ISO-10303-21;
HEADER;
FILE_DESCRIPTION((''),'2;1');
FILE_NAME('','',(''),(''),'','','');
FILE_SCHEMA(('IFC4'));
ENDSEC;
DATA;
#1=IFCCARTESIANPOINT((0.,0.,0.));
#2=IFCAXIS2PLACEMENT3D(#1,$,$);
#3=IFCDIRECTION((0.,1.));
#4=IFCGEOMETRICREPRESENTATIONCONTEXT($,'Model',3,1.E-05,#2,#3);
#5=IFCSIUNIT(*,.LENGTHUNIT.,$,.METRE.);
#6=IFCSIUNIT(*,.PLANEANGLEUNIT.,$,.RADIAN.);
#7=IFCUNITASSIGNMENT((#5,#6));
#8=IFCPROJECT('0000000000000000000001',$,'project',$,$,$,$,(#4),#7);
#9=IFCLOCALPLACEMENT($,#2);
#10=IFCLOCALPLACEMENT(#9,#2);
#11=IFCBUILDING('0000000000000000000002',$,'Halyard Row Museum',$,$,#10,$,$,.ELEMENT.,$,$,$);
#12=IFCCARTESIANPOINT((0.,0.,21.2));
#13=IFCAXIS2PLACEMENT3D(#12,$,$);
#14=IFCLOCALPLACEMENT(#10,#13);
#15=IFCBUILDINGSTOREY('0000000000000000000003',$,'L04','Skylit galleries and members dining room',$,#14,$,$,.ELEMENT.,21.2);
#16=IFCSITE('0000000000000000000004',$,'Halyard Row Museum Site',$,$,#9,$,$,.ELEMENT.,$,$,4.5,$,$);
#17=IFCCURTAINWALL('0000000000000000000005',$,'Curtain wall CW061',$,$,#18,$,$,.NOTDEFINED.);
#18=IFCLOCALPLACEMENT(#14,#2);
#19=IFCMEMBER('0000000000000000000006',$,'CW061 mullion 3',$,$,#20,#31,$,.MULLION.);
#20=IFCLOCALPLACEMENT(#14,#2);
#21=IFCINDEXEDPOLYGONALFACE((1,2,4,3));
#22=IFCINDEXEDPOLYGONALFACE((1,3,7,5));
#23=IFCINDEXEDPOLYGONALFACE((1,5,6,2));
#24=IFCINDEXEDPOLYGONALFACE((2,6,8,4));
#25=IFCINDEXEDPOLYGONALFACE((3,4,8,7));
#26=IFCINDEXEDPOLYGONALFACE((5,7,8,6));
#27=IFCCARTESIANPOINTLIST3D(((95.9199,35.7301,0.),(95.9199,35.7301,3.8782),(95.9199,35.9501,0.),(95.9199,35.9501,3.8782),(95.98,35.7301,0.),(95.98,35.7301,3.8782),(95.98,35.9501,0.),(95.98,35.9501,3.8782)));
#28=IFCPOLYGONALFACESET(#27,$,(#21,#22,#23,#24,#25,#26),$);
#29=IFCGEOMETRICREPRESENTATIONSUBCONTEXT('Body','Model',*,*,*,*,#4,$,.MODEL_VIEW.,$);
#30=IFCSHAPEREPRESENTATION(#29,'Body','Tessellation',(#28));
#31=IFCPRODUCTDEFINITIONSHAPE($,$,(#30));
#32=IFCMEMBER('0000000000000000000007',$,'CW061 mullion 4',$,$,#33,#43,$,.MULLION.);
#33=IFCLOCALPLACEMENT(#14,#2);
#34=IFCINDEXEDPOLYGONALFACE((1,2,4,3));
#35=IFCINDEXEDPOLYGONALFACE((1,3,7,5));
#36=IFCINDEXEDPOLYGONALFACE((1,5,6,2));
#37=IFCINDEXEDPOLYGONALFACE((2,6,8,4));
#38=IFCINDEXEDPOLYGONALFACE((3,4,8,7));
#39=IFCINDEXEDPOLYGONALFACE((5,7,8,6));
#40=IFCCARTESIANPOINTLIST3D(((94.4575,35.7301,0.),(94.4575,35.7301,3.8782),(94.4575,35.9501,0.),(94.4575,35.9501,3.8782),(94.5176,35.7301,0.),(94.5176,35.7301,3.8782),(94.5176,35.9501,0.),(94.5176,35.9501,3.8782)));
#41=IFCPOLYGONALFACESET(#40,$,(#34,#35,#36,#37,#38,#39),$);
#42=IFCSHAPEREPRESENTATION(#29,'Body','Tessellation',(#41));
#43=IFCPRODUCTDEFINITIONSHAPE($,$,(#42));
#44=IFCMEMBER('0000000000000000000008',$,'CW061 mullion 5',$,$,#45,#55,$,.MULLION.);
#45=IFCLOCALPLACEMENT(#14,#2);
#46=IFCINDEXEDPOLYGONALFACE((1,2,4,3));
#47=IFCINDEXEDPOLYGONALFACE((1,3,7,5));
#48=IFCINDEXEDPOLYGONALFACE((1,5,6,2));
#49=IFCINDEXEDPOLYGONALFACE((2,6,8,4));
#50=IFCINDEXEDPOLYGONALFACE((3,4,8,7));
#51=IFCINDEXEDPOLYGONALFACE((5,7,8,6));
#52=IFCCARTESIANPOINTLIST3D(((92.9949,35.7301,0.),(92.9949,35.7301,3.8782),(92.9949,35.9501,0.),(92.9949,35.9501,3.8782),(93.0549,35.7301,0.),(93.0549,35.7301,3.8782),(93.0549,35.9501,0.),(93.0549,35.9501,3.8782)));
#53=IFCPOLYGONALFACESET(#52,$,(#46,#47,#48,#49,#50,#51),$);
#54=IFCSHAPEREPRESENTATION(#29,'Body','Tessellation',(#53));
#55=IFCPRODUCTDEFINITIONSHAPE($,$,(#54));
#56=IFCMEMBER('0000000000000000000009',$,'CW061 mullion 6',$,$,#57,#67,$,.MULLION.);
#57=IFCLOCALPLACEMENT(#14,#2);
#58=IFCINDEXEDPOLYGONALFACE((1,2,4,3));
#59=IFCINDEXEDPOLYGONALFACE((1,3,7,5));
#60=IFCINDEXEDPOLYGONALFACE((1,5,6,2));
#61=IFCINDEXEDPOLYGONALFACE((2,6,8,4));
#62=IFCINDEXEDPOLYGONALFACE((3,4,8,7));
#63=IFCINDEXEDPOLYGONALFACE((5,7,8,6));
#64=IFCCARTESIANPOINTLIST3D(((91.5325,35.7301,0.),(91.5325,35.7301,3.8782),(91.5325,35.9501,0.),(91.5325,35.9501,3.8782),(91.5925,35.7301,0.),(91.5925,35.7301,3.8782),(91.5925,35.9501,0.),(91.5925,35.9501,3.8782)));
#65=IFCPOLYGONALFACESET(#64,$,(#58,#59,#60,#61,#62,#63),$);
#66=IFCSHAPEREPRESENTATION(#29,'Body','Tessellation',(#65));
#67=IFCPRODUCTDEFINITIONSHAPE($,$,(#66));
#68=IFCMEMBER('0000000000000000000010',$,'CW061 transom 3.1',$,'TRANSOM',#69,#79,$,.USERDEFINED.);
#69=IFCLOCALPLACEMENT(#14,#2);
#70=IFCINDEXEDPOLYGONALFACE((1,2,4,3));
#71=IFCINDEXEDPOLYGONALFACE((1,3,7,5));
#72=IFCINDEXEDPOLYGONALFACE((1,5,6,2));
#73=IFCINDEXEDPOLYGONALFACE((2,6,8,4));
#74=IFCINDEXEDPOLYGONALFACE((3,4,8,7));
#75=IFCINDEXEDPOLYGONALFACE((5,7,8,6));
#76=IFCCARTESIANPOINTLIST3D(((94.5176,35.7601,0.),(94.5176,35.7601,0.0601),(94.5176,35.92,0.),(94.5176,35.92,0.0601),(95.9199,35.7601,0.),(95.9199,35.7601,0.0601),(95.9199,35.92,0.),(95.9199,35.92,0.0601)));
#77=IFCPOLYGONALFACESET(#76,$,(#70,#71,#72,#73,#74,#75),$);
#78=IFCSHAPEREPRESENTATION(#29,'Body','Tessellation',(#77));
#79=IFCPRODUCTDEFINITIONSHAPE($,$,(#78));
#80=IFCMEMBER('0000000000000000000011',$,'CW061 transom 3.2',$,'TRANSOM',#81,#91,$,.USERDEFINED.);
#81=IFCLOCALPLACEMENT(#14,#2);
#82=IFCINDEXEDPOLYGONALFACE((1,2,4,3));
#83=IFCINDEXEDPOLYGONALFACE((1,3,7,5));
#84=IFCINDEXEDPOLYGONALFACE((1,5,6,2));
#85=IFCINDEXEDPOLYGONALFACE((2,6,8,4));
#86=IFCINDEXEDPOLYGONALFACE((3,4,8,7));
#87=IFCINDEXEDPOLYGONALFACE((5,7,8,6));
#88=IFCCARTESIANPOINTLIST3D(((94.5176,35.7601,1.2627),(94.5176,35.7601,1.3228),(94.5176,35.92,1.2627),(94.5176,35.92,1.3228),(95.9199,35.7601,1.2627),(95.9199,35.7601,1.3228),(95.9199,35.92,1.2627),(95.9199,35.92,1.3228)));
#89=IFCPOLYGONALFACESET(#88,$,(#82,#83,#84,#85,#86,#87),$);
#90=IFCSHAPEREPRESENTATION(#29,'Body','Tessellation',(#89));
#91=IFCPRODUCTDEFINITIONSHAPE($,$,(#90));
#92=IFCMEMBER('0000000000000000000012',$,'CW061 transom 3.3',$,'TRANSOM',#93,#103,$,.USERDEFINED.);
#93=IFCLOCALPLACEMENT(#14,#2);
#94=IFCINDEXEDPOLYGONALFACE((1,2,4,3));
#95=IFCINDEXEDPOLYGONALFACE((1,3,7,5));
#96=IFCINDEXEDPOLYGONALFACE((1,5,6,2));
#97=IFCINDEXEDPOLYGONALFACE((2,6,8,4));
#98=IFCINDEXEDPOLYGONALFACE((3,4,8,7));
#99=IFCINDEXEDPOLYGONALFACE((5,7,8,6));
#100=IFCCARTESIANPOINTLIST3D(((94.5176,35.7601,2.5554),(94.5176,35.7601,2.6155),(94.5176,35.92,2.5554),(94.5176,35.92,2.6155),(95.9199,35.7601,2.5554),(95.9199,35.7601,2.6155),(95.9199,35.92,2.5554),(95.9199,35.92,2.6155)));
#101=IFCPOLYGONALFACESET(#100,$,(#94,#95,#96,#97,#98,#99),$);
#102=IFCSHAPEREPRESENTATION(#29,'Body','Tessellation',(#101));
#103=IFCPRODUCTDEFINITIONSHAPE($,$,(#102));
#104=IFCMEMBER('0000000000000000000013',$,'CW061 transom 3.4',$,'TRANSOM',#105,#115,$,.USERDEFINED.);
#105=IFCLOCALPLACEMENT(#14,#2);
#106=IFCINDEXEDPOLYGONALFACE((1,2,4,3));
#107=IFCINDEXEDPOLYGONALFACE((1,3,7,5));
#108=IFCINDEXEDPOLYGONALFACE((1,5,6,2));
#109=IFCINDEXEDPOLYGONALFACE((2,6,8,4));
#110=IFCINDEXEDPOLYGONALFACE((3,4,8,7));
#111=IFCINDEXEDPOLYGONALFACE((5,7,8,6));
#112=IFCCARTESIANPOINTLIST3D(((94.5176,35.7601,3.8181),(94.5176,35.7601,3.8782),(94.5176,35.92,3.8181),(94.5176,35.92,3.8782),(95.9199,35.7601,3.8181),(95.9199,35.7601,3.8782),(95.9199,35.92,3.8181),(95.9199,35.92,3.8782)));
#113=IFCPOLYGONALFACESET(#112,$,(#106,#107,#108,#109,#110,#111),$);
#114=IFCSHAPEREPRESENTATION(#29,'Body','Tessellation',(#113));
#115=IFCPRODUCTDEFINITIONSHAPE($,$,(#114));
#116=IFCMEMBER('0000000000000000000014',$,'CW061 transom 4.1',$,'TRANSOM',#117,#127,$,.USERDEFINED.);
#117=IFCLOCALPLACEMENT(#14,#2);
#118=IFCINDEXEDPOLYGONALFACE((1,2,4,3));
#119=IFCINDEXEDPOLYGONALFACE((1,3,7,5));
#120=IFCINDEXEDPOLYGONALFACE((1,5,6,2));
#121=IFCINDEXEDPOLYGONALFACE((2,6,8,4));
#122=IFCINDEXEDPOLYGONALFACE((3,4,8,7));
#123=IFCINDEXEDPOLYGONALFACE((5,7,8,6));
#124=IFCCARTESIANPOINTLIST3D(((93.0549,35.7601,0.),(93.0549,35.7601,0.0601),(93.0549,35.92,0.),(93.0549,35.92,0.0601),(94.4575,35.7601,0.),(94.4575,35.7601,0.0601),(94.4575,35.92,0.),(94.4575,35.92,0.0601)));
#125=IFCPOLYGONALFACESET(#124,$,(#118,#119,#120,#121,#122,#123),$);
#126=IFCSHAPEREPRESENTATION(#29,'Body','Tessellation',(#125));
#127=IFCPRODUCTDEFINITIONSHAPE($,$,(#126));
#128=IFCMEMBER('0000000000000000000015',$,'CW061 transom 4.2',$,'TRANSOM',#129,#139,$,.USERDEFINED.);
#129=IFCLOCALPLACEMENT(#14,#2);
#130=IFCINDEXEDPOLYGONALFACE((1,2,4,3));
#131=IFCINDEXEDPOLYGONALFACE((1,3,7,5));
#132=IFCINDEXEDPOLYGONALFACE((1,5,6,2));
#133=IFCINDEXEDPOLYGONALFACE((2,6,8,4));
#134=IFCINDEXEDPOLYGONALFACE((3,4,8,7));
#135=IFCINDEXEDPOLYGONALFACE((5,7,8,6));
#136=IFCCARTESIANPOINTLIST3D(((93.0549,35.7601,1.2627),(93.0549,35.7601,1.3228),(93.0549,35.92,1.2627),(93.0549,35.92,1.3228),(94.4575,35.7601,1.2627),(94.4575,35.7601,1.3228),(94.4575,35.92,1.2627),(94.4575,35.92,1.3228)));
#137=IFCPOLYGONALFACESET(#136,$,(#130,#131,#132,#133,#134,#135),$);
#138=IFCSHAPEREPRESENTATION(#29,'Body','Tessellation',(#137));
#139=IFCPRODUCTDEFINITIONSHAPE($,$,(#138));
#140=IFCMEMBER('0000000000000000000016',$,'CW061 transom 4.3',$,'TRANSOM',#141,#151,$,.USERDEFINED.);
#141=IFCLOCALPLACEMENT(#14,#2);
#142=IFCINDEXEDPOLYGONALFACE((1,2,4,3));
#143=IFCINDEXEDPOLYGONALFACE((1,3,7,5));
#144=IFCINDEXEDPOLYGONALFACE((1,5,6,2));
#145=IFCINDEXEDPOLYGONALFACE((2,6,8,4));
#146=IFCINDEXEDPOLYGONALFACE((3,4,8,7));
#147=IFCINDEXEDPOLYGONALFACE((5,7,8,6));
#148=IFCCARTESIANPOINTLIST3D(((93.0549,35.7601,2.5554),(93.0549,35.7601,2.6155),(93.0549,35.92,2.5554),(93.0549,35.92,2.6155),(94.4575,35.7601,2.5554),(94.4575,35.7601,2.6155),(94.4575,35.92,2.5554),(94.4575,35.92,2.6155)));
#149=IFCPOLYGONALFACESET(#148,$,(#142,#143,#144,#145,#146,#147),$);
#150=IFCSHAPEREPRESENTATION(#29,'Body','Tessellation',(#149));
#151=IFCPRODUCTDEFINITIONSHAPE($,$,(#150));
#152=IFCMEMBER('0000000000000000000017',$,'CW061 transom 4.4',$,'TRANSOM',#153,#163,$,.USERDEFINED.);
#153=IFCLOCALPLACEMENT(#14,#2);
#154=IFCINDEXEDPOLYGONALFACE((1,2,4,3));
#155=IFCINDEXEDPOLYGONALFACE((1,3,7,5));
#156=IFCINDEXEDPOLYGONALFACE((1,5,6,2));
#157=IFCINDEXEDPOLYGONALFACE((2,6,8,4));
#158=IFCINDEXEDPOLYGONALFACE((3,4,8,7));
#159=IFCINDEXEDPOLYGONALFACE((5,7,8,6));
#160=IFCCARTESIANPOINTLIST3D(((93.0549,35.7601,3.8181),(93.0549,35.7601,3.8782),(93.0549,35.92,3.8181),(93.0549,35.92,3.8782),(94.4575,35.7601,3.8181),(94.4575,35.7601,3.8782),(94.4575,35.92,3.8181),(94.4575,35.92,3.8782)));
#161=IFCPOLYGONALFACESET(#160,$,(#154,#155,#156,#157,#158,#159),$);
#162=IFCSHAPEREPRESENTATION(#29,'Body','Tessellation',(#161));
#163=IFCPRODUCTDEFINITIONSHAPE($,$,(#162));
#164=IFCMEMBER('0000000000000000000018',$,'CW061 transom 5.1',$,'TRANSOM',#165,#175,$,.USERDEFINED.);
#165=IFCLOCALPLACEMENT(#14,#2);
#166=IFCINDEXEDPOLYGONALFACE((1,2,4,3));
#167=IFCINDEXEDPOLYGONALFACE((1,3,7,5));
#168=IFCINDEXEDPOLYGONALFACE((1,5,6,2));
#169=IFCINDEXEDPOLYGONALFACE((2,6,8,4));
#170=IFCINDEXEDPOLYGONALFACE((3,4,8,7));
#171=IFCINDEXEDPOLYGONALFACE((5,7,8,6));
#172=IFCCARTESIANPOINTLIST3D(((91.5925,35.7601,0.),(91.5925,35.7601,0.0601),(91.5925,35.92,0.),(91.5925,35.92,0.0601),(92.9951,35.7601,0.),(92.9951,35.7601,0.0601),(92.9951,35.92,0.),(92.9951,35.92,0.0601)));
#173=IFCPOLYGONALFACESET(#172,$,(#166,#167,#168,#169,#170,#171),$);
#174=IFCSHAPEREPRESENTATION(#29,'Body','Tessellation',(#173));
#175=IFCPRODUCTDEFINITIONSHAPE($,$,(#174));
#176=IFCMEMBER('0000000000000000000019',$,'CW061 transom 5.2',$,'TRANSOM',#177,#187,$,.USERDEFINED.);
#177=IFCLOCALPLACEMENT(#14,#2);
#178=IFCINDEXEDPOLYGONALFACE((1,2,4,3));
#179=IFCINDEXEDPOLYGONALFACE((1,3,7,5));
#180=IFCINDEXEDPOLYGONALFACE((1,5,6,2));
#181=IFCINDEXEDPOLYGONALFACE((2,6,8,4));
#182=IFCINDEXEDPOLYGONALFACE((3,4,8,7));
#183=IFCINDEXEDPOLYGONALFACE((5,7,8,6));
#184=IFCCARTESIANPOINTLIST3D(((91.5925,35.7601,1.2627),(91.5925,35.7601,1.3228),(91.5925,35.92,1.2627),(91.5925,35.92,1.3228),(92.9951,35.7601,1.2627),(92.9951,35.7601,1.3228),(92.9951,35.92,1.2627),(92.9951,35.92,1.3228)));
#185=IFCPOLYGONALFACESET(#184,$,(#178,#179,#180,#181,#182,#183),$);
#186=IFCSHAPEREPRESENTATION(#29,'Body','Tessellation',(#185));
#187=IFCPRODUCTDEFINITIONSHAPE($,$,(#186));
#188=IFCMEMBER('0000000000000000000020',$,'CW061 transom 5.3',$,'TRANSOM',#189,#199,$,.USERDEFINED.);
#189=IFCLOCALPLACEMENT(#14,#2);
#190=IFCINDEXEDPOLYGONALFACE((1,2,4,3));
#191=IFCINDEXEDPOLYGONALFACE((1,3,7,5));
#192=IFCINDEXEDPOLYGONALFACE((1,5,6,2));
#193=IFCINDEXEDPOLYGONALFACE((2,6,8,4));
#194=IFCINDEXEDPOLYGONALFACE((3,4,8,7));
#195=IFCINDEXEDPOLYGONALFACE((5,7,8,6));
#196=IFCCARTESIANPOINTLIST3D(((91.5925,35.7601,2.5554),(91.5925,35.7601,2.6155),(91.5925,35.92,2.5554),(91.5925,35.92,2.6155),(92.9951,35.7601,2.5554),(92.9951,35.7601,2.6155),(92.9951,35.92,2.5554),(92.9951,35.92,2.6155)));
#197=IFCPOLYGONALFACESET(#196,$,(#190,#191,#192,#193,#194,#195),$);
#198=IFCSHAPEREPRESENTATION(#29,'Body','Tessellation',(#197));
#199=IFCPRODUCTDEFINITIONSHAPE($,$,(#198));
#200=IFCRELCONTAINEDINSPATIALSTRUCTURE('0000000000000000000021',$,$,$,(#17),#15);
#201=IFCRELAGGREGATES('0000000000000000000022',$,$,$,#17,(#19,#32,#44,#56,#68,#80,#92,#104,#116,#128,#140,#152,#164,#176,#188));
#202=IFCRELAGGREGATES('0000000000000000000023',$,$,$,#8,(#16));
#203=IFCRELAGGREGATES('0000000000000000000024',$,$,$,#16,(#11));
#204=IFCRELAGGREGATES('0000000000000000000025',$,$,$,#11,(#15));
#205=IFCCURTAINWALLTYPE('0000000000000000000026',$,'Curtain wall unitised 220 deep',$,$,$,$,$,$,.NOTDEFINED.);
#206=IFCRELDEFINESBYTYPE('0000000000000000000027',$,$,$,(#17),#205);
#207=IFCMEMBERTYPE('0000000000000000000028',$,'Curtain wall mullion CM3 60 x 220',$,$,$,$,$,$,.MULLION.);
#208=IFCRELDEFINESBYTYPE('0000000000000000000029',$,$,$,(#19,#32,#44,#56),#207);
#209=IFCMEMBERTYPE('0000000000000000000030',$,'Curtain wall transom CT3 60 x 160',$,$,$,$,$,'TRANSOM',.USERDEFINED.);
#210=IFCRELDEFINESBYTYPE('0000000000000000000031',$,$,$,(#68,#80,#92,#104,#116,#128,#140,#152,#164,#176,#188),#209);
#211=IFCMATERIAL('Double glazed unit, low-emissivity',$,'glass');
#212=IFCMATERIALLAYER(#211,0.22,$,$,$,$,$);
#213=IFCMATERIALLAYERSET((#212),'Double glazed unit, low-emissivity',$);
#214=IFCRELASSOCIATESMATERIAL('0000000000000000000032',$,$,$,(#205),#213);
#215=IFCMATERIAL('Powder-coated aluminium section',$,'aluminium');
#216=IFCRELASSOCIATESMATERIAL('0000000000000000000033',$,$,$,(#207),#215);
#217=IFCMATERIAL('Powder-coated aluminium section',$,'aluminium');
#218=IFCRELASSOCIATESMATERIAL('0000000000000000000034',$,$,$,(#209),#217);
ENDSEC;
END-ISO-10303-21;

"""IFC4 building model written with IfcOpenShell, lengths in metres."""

from ifc_helpers import new_model, si_unit, direction, frame, origin, origin_2d, place, context, subcontext, project, spatial, rectangle, extrude, material, layer, layer_set, material_profile, profile_set, type_object, element, aggregate, save


model = new_model("IFC4")

# Units and contexts
model_context = context("Model", 3, precision=1e-05, world=origin(), true_north=direction((0.0, 1.0)))
body_context = subcontext(model_context, "Body", "Model", "MODEL_VIEW")
ifc_project = project(units=[si_unit("LENGTHUNIT", "METRE"), si_unit("PLANEANGLEUNIT", "RADIAN")], contexts=[model_context])

# Site, building, storey
site_placement = place(None, origin())
site = spatial("IfcSite", under=ifc_project, at=site_placement, Name="Halyard Row Museum Site", CompositionType="ELEMENT", RefElevation=4.5)
building_placement = place(site_placement, origin())
building = spatial("IfcBuilding", under=site, at=building_placement, Name="Halyard Row Museum", CompositionType="ELEMENT")
storey_placement = place(building_placement, frame((0.0, 0.0, 21.2)))
storey = spatial("IfcBuildingStorey", under=building, at=storey_placement, Name="L04", Description="Skylit galleries and members dining room", CompositionType="ELEMENT", Elevation=21.2)

# Curtain wall, members
ifc_material_1 = material(Name="Double glazed unit, low-emissivity", Category="glass")
ifc_layer_1 = layer(ifc_material_1, 0.22)
ifc_layer_set_1 = layer_set([ifc_layer_1], Name="Double glazed unit, low-emissivity")
curtain_wall_type_1 = type_object("IfcCurtainWallType", Name="Curtain wall unitised 220 deep", PredefinedType="NOTDEFINED", material=ifc_layer_set_1)
curtain_wall_1_placement = place(storey_placement, origin())
curtain_wall_1 = element("IfcCurtainWall", 1, at=curtain_wall_1_placement, inside=storey, type_object=curtain_wall_type_1, Name="Curtain wall CW061", PredefinedType="NOTDEFINED")
ifc_material_2 = material(Name="Powder-coated aluminium section", Category="aluminium")
ifc_material_profile_1 = material_profile(ifc_material_2, rectangle(XDim=0.22, YDim=0.0601, at=origin_2d()), Name="220x60 mullion")
ifc_profile_set_1 = profile_set([ifc_material_profile_1], Name="Powder-coated aluminium section")
member_type_1 = type_object("IfcMemberType", Name="Curtain wall mullion CM3 60 x 220", PredefinedType="MULLION", material=ifc_profile_set_1)
member_1_placement = place(storey_placement, frame((95.95, 35.8401, 0.0), z_axis=(0.0, 0.0, 1.0), x_axis=(0.0, -1.0, 0.0)))
member_1 = element("IfcMember", 2, at=member_1_placement, type_object=member_type_1, Name="CW061 mullion 3", PredefinedType="MULLION", context=body_context, shape_type="SweptSolid", body=[
    extrude(rectangle(XDim=0.22, YDim=0.0601, at=origin_2d()), origin(), (0.0, 0.0, 1.0), 3.8782),
])
member_2_placement = place(storey_placement, frame((94.4875, 35.8401, 0.0), z_axis=(0.0, 0.0, 1.0), x_axis=(0.0, -1.0, 0.0)))
member_2 = element("IfcMember", 3, at=member_2_placement, type_object=member_type_1, Name="CW061 mullion 4", PredefinedType="MULLION", context=body_context, shape_type="SweptSolid", body=[
    extrude(rectangle(XDim=0.22, YDim=0.0601, at=origin_2d()), origin(), (0.0, 0.0, 1.0), 3.8782),
])
member_3_placement = place(storey_placement, frame((93.0249, 35.8401, 0.0), z_axis=(0.0, 0.0, 1.0), x_axis=(0.0, -1.0, 0.0)))
member_3 = element("IfcMember", 4, at=member_3_placement, type_object=member_type_1, Name="CW061 mullion 5", PredefinedType="MULLION", context=body_context, shape_type="SweptSolid", body=[
    extrude(rectangle(XDim=0.22, YDim=0.0601, at=origin_2d()), origin(), (0.0, 0.0, 1.0), 3.8782),
])
member_4_placement = place(storey_placement, frame((91.5625, 35.8401, 0.0), z_axis=(0.0, 0.0, 1.0), x_axis=(0.0, -1.0, 0.0)))
member_4 = element("IfcMember", 5, at=member_4_placement, type_object=member_type_1, Name="CW061 mullion 6", PredefinedType="MULLION", context=body_context, shape_type="SweptSolid", body=[
    extrude(rectangle(XDim=0.22, YDim=0.0601, at=origin_2d()), origin(), (0.0, 0.0, 1.0), 3.8782),
])
ifc_material_3 = material(Name="Powder-coated aluminium section", Category="aluminium")
ifc_material_profile_2 = material_profile(ifc_material_3, rectangle(XDim=0.1599, YDim=0.0601, at=origin_2d()), Name="160x60 transom")
ifc_profile_set_2 = profile_set([ifc_material_profile_2], Name="Powder-coated aluminium section")
member_type_2 = type_object("IfcMemberType", Name="Curtain wall transom CT3 60 x 160", ElementType="TRANSOM", PredefinedType="USERDEFINED", material=ifc_profile_set_2)
member_5_placement = place(storey_placement, frame((95.9199, 35.8401, 0.03), z_axis=(-1.0, 0.0, 0.0), x_axis=(0.0, -1.0, 0.0)))
member_5 = element("IfcMember", 6, at=member_5_placement, type_object=member_type_2, Name="CW061 transom 3.1", ObjectType="TRANSOM", PredefinedType="USERDEFINED", context=body_context, shape_type="SweptSolid", body=[
    extrude(rectangle(XDim=0.1599, YDim=0.0601, at=origin_2d()), origin(), (0.0, 0.0, 1.0), 1.4023),
])
member_6_placement = place(storey_placement, frame((95.9199, 35.8401, 1.2927), z_axis=(-1.0, 0.0, 0.0), x_axis=(0.0, -1.0, 0.0)))
member_6 = element("IfcMember", 7, at=member_6_placement, type_object=member_type_2, Name="CW061 transom 3.2", ObjectType="TRANSOM", PredefinedType="USERDEFINED", context=body_context, shape_type="SweptSolid", body=[
    extrude(rectangle(XDim=0.1599, YDim=0.0601, at=origin_2d()), origin(), (0.0, 0.0, 1.0), 1.4023),
])
member_7_placement = place(storey_placement, frame((95.9199, 35.8401, 2.5854), z_axis=(-1.0, 0.0, 0.0), x_axis=(0.0, -1.0, 0.0)))
member_7 = element("IfcMember", 8, at=member_7_placement, type_object=member_type_2, Name="CW061 transom 3.3", ObjectType="TRANSOM", PredefinedType="USERDEFINED", context=body_context, shape_type="SweptSolid", body=[
    extrude(rectangle(XDim=0.1599, YDim=0.0601, at=origin_2d()), origin(), (0.0, 0.0, 1.0), 1.4023),
])
member_8_placement = place(storey_placement, frame((95.9199, 35.8401, 3.8481), z_axis=(-1.0, 0.0, 0.0), x_axis=(0.0, -1.0, 0.0)))
member_8 = element("IfcMember", 9, at=member_8_placement, type_object=member_type_2, Name="CW061 transom 3.4", ObjectType="TRANSOM", PredefinedType="USERDEFINED", context=body_context, shape_type="SweptSolid", body=[
    extrude(rectangle(XDim=0.1599, YDim=0.0601, at=origin_2d()), origin(), (0.0, 0.0, 1.0), 1.4023),
])
member_9_placement = place(storey_placement, frame((94.4575, 35.8401, 0.03), z_axis=(-1.0, 0.0, 0.0), x_axis=(0.0, -1.0, 0.0)))
member_9 = element("IfcMember", 10, at=member_9_placement, type_object=member_type_2, Name="CW061 transom 4.1", ObjectType="TRANSOM", PredefinedType="USERDEFINED", context=body_context, shape_type="SweptSolid", body=[
    extrude(rectangle(XDim=0.1599, YDim=0.0601, at=origin_2d()), origin(), (0.0, 0.0, 1.0), 1.4026),
])
member_10_placement = place(storey_placement, frame((94.4575, 35.8401, 1.2927), z_axis=(-1.0, 0.0, 0.0), x_axis=(0.0, -1.0, 0.0)))
member_10 = element("IfcMember", 11, at=member_10_placement, type_object=member_type_2, Name="CW061 transom 4.2", ObjectType="TRANSOM", PredefinedType="USERDEFINED", context=body_context, shape_type="SweptSolid", body=[
    extrude(rectangle(XDim=0.1599, YDim=0.0601, at=origin_2d()), origin(), (0.0, 0.0, 1.0), 1.4026),
])
member_11_placement = place(storey_placement, frame((94.4575, 35.8401, 2.5854), z_axis=(-1.0, 0.0, 0.0), x_axis=(0.0, -1.0, 0.0)))
member_11 = element("IfcMember", 12, at=member_11_placement, type_object=member_type_2, Name="CW061 transom 4.3", ObjectType="TRANSOM", PredefinedType="USERDEFINED", context=body_context, shape_type="SweptSolid", body=[
    extrude(rectangle(XDim=0.1599, YDim=0.0601, at=origin_2d()), origin(), (0.0, 0.0, 1.0), 1.4026),
])
member_12_placement = place(storey_placement, frame((94.4575, 35.8401, 3.8481), z_axis=(-1.0, 0.0, 0.0), x_axis=(0.0, -1.0, 0.0)))
member_12 = element("IfcMember", 13, at=member_12_placement, type_object=member_type_2, Name="CW061 transom 4.4", ObjectType="TRANSOM", PredefinedType="USERDEFINED", context=body_context, shape_type="SweptSolid", body=[
    extrude(rectangle(XDim=0.1599, YDim=0.0601, at=origin_2d()), origin(), (0.0, 0.0, 1.0), 1.4026),
])
member_13_placement = place(storey_placement, frame((92.9951, 35.8401, 0.03), z_axis=(-1.0, 0.0, 0.0), x_axis=(0.0, -1.0, 0.0)))
member_13 = element("IfcMember", 14, at=member_13_placement, type_object=member_type_2, Name="CW061 transom 5.1", ObjectType="TRANSOM", PredefinedType="USERDEFINED", context=body_context, shape_type="SweptSolid", body=[
    extrude(rectangle(XDim=0.1599, YDim=0.0601, at=origin_2d()), origin(), (0.0, 0.0, 1.0), 1.4026),
])
member_14_placement = place(storey_placement, frame((92.9951, 35.8401, 1.2927), z_axis=(-1.0, 0.0, 0.0), x_axis=(0.0, -1.0, 0.0)))
member_14 = element("IfcMember", 15, at=member_14_placement, type_object=member_type_2, Name="CW061 transom 5.2", ObjectType="TRANSOM", PredefinedType="USERDEFINED", context=body_context, shape_type="SweptSolid", body=[
    extrude(rectangle(XDim=0.1599, YDim=0.0601, at=origin_2d()), origin(), (0.0, 0.0, 1.0), 1.4026),
])
member_15_placement = place(storey_placement, frame((92.9951, 35.8401, 2.5854), z_axis=(-1.0, 0.0, 0.0), x_axis=(0.0, -1.0, 0.0)))
member_15 = element("IfcMember", 16, at=member_15_placement, type_object=member_type_2, Name="CW061 transom 5.3", ObjectType="TRANSOM", PredefinedType="USERDEFINED", context=body_context, shape_type="SweptSolid", body=[
    extrude(rectangle(XDim=0.1599, YDim=0.0601, at=origin_2d()), origin(), (0.0, 0.0, 1.0), 1.4026),
])

aggregate(curtain_wall_1, [member_1, member_2, member_3, member_4, member_5, member_6, member_7, member_8, member_9, member_10, member_11, member_12, member_13, member_14, member_15])

save(model, "model.ifc")
